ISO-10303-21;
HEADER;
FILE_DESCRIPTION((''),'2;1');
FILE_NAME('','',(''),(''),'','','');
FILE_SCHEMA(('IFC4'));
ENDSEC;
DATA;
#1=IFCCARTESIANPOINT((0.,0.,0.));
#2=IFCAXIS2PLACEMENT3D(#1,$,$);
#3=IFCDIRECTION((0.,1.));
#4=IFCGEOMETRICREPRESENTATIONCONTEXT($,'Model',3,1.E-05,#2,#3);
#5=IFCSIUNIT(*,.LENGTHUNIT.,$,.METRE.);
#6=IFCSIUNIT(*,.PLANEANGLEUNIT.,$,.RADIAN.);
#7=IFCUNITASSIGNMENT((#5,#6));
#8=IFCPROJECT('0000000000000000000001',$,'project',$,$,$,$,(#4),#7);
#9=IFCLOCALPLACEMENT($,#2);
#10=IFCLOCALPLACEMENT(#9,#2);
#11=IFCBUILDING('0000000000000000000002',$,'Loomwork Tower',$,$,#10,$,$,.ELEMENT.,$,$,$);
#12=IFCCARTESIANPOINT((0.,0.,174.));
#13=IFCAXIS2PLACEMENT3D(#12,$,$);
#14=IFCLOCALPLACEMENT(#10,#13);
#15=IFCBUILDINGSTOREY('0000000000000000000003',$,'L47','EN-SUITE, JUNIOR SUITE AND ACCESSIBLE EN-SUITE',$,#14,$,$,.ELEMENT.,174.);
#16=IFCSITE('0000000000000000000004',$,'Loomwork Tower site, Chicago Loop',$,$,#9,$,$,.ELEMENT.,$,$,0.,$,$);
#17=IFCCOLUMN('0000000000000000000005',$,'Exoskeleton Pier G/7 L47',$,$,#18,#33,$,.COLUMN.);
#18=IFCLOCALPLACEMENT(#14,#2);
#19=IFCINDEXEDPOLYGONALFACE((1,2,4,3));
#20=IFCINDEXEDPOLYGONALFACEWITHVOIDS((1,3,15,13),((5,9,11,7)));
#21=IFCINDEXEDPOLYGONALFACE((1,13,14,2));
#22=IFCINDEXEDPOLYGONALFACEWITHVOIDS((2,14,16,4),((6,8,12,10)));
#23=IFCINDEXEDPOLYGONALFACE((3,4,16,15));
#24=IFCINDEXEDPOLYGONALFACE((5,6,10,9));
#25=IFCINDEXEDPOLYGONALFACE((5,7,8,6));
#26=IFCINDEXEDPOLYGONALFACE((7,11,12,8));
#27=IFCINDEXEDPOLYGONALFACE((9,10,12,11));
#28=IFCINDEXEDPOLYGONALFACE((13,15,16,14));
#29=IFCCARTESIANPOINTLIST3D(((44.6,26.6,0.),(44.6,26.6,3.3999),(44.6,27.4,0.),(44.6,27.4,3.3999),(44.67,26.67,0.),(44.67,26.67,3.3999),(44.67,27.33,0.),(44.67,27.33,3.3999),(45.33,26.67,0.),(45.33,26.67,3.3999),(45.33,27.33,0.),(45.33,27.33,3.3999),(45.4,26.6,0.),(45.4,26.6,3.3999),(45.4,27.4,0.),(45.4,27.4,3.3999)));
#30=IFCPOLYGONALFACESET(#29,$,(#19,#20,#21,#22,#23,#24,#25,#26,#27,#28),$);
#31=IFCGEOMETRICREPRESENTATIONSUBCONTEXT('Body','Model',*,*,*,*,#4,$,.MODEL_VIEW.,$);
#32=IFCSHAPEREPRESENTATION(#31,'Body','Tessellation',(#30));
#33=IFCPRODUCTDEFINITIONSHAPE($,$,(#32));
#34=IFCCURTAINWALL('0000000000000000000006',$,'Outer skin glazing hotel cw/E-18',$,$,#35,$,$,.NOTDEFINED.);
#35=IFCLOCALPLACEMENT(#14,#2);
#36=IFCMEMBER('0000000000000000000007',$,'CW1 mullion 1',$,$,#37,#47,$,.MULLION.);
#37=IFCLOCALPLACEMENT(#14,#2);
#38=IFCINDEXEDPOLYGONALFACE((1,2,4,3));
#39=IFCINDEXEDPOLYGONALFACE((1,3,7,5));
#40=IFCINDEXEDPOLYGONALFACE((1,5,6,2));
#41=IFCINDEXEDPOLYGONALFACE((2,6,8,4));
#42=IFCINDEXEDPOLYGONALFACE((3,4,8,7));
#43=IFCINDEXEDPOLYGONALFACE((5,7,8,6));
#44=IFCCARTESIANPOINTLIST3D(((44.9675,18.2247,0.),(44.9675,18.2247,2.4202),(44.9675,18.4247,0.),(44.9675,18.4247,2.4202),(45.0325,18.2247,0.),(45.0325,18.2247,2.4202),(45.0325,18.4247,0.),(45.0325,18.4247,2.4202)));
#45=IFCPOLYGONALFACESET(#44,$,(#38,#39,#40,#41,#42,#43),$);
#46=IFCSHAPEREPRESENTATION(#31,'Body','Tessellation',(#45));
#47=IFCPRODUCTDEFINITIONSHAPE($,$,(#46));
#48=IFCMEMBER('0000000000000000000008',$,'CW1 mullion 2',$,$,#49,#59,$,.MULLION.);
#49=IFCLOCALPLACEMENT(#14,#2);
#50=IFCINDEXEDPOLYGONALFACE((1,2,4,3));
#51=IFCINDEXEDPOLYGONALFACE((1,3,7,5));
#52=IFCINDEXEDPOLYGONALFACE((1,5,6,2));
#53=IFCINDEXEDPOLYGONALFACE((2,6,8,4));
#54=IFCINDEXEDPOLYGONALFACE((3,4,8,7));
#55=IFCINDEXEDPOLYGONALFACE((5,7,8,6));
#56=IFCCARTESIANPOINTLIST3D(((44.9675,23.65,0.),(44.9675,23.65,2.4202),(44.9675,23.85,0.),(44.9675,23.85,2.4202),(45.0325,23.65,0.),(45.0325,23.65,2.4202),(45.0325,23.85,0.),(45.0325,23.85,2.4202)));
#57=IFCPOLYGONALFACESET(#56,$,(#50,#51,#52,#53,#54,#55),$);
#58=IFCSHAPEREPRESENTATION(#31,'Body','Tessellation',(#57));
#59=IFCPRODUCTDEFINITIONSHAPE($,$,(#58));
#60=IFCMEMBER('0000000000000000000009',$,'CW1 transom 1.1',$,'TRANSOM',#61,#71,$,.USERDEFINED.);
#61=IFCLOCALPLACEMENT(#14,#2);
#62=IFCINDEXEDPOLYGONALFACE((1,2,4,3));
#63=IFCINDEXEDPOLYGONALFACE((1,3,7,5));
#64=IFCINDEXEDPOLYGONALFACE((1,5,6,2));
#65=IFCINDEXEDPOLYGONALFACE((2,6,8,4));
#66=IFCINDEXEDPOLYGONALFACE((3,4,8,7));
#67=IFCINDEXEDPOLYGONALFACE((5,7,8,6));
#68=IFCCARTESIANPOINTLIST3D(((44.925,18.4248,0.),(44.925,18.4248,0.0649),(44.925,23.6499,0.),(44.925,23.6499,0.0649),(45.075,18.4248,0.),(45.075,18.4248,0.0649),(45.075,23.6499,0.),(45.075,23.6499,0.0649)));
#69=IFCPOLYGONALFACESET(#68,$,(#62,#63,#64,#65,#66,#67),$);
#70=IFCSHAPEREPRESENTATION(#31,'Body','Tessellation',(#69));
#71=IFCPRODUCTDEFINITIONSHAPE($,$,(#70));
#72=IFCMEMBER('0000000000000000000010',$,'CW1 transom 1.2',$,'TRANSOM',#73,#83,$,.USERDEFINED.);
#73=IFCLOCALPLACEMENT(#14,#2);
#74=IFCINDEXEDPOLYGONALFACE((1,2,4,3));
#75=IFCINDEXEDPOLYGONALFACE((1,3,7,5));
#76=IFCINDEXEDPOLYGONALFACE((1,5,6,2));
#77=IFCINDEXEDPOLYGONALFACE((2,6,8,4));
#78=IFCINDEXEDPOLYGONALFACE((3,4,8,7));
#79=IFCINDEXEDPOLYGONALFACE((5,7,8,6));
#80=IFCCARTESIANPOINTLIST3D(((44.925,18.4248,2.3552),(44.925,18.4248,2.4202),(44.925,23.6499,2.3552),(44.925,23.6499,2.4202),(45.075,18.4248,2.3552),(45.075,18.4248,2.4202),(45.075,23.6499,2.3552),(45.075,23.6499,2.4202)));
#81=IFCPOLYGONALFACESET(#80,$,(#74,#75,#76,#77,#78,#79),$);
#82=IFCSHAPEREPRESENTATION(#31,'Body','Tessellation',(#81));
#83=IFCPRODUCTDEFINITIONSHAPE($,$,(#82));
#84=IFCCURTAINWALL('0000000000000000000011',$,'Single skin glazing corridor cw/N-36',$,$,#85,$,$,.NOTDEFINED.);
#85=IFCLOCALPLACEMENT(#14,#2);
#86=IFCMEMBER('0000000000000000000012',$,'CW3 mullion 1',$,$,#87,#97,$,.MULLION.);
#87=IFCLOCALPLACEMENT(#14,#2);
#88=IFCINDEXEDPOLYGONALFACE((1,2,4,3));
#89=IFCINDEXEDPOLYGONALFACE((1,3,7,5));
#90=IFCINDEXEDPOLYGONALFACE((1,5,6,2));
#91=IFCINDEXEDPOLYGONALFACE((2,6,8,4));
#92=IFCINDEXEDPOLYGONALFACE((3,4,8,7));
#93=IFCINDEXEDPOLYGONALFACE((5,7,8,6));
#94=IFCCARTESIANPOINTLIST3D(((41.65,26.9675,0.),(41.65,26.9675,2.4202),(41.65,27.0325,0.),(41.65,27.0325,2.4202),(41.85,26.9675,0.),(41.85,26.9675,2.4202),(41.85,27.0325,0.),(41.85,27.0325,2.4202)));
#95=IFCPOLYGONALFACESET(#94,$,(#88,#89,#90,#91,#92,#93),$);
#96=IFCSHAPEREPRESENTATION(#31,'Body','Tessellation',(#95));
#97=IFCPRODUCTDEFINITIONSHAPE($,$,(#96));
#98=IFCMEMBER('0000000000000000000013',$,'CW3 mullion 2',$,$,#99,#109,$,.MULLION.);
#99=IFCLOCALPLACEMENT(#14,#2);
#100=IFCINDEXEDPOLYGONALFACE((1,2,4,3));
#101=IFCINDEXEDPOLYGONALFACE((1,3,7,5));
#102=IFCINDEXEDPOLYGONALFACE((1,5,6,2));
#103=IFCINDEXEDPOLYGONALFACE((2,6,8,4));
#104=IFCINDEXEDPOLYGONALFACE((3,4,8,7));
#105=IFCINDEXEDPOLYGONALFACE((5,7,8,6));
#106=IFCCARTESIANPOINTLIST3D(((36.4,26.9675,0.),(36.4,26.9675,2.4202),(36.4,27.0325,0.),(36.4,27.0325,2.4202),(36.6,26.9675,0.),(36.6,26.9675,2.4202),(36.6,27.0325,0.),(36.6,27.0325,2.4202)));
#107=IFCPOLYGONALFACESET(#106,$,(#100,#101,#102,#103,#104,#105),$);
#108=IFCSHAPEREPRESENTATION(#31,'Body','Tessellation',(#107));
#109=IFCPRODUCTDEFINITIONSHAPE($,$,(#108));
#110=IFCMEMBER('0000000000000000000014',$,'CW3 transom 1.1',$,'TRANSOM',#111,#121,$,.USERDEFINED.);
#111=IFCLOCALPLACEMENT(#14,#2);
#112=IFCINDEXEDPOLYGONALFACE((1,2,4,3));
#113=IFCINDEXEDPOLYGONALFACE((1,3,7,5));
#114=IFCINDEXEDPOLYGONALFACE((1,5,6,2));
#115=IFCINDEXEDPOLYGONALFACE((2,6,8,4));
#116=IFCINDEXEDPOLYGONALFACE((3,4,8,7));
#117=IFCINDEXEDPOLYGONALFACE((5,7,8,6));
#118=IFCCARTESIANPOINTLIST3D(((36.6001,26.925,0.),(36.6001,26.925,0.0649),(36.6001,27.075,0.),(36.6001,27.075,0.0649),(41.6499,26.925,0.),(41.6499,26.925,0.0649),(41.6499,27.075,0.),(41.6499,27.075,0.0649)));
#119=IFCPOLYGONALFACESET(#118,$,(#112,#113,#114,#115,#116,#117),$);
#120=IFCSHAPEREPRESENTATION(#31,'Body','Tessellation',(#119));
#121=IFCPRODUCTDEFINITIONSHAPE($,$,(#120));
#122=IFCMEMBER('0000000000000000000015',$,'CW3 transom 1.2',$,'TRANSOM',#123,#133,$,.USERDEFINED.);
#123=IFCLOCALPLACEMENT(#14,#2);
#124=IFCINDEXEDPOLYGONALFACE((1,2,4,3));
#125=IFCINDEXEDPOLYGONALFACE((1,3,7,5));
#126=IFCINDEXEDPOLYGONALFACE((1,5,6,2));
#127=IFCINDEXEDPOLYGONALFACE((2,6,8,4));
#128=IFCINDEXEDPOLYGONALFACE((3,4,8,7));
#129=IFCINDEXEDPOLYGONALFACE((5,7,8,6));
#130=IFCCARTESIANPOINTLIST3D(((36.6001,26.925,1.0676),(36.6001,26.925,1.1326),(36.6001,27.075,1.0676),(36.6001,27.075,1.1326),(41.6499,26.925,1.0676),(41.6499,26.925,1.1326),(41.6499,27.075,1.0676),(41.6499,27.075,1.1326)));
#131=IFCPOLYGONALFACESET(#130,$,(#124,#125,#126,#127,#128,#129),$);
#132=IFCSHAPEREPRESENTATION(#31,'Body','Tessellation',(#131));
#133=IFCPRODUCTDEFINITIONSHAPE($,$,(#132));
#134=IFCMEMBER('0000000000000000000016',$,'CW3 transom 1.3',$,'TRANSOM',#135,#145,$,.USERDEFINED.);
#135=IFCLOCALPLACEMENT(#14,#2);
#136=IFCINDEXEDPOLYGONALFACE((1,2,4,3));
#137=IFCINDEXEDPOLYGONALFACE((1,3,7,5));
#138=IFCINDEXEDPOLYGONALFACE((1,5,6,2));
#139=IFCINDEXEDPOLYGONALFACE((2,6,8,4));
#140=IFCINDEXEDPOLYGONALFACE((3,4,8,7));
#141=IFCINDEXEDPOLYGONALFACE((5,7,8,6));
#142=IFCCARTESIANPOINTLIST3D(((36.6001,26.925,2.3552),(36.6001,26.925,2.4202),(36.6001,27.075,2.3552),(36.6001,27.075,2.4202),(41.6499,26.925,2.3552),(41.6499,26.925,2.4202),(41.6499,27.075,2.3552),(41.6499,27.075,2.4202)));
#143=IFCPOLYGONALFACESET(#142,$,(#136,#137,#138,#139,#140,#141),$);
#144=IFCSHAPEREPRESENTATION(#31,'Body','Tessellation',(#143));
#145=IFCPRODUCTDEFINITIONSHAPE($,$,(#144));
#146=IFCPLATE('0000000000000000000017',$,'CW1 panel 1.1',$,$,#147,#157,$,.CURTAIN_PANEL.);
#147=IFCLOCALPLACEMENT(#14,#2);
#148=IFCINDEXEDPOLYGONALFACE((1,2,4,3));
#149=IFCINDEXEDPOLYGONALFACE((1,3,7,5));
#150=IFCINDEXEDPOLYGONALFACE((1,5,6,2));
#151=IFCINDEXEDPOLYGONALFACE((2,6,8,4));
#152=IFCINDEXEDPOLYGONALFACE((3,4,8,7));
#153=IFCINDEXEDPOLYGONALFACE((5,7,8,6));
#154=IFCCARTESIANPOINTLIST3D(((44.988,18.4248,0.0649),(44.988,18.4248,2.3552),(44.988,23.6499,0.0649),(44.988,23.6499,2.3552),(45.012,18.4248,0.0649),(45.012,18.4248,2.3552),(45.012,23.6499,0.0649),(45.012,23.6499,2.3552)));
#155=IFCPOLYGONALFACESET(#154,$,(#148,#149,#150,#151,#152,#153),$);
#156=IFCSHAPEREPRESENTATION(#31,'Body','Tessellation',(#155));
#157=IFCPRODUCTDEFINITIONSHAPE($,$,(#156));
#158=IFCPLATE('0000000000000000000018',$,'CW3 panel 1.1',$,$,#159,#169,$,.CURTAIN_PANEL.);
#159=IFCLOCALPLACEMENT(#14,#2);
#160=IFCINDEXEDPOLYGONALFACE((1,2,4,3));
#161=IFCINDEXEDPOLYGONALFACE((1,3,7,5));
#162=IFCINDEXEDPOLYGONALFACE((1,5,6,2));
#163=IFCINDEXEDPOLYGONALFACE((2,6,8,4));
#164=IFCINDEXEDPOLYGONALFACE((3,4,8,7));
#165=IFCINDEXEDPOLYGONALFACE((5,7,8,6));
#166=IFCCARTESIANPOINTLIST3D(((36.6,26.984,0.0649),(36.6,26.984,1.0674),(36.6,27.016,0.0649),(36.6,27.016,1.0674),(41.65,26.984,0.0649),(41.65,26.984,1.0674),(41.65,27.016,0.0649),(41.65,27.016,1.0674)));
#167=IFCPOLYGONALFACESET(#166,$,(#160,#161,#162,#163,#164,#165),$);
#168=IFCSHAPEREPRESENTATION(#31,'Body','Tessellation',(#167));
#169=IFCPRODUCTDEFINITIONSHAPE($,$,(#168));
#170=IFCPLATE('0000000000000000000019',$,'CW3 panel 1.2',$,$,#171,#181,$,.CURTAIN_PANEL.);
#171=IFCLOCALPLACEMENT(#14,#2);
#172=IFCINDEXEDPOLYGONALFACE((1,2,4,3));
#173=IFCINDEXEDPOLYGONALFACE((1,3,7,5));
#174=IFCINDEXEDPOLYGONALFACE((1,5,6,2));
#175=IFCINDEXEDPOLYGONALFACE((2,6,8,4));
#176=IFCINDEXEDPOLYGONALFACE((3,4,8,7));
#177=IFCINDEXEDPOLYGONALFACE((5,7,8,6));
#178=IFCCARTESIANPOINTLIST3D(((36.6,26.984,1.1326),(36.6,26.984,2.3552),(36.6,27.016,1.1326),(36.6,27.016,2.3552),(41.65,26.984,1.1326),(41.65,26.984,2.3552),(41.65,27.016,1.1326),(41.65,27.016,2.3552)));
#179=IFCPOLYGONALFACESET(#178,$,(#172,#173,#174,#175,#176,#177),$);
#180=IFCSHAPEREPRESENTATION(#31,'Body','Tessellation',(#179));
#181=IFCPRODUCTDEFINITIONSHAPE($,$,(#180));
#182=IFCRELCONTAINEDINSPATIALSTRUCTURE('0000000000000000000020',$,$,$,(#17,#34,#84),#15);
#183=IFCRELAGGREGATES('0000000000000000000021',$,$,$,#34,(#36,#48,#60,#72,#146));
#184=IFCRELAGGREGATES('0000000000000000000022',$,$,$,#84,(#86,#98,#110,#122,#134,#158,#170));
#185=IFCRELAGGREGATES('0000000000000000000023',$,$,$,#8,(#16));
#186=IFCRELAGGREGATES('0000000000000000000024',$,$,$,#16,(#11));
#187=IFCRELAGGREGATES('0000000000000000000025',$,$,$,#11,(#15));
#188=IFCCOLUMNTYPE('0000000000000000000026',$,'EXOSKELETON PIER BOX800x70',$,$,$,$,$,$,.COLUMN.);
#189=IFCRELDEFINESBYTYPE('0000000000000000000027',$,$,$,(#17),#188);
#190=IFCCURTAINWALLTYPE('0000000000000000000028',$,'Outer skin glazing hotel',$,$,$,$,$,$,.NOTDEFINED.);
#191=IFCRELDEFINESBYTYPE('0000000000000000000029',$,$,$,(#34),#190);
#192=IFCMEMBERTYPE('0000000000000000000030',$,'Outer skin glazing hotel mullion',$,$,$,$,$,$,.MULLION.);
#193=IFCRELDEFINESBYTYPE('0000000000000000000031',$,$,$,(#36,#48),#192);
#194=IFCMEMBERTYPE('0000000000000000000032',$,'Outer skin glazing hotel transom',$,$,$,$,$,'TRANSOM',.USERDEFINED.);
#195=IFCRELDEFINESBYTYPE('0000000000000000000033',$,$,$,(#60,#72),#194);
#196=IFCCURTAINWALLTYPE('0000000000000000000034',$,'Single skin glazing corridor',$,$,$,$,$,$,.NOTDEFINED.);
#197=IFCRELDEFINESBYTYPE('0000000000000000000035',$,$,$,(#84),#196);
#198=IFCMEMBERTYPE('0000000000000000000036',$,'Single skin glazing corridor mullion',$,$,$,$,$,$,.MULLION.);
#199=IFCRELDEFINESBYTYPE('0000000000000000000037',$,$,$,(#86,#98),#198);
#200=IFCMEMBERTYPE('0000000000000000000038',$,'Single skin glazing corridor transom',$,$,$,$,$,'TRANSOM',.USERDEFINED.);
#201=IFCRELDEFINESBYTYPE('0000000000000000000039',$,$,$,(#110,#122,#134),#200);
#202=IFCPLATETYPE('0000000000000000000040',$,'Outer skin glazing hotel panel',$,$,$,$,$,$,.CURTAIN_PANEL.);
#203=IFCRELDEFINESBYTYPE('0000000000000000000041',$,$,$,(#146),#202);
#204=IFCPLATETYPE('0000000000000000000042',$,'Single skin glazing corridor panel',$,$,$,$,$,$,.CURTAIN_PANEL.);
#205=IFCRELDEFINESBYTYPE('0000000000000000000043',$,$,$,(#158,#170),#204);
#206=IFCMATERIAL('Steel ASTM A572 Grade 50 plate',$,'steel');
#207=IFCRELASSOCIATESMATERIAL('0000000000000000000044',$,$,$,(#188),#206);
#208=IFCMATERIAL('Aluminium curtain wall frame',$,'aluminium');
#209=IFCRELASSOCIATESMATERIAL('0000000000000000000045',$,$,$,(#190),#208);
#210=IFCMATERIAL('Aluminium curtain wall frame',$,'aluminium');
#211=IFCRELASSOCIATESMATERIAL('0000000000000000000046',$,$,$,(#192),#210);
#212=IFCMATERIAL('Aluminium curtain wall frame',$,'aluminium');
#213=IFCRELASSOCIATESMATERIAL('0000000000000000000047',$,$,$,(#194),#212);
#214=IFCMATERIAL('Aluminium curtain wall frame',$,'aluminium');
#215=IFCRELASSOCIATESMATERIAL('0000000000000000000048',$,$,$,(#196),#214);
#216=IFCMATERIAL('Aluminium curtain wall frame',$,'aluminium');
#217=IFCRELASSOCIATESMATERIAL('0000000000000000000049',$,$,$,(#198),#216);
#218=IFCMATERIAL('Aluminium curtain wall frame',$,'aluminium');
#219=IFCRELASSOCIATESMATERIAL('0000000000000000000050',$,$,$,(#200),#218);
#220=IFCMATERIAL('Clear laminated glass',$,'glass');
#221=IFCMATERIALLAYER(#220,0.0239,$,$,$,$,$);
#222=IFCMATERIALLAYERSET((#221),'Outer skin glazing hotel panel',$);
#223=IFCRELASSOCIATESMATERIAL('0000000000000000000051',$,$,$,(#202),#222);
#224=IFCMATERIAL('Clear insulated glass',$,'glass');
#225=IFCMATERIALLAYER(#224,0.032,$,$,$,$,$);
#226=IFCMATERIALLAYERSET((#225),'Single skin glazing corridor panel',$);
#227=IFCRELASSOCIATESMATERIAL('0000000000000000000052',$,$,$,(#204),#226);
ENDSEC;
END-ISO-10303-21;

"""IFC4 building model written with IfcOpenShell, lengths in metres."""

from ifc_helpers import new_model, si_unit, direction, frame, origin, origin_2d, place, context, subcontext, project, spatial, rectangle, hollow_rectangle, extrude, material, layer, layer_set, material_profile, profile_set, type_object, element, aggregate, save


model = new_model("IFC4")

# Units and contexts
model_context = context("Model", 3, precision=1e-05, world=origin(), true_north=direction((0.0, 1.0)))
body_context = subcontext(model_context, "Body", "Model", "MODEL_VIEW")
ifc_project = project(units=[si_unit("LENGTHUNIT", "METRE"), si_unit("PLANEANGLEUNIT", "RADIAN")], contexts=[model_context])

# Site, building, storey
site_placement = place(None, origin())
site = spatial("IfcSite", under=ifc_project, at=site_placement, Name="Loomwork Tower site, Chicago Loop", CompositionType="ELEMENT", RefElevation=0.0)
building_placement = place(site_placement, origin())
building = spatial("IfcBuilding", under=site, at=building_placement, Name="Loomwork Tower", CompositionType="ELEMENT")
storey_placement = place(building_placement, frame((0.0, 0.0, 174.0)))
storey = spatial("IfcBuildingStorey", under=building, at=storey_placement, Name="L47", Description="EN-SUITE, JUNIOR SUITE AND ACCESSIBLE EN-SUITE", CompositionType="ELEMENT", Elevation=174.0)

# Column
ifc_material_1 = material(Name="Steel ASTM A572 Grade 50 plate", Category="steel")
ifc_material_profile_1 = material_profile(ifc_material_1, hollow_rectangle(XDim=0.8, YDim=0.8, WallThickness=0.0701, at=origin_2d()), Name="BOX800x70")
ifc_profile_set_1 = profile_set([ifc_material_profile_1], Name="Steel ASTM A572 Grade 50 plate")
column_type = type_object("IfcColumnType", Name="EXOSKELETON PIER BOX800x70", PredefinedType="COLUMN", material=ifc_profile_set_1)
column_placement = place(storey_placement, frame((45.0, 27.0, 0.0), z_axis=(0.0, 0.0, 1.0), x_axis=(0.0, 1.0, 0.0)))
element("IfcColumn", 1, at=column_placement, inside=storey, type_object=column_type, Name="Exoskeleton Pier G/7 L47", PredefinedType="COLUMN", context=body_context, shape_type="SweptSolid", body=[
    extrude(hollow_rectangle(XDim=0.8, YDim=0.8, WallThickness=0.0701, at=origin_2d()), origin(), (0.0, 0.0, 1.0), 3.3999),
])

# Curtain walls, members
ifc_material_2 = material(Name="Aluminium curtain wall frame", Category="aluminium")
curtain_wall_type_1 = type_object("IfcCurtainWallType", Name="Outer skin glazing hotel", PredefinedType="NOTDEFINED", material=ifc_material_2)
curtain_wall_1_placement = place(storey_placement, origin())
curtain_wall_1 = element("IfcCurtainWall", 2, at=curtain_wall_1_placement, inside=storey, type_object=curtain_wall_type_1, Name="Outer skin glazing hotel cw/E-18", PredefinedType="NOTDEFINED")
ifc_material_3 = material(Name="Aluminium curtain wall frame", Category="aluminium")
ifc_material_profile_2 = material_profile(ifc_material_3, rectangle(XDim=0.0649, YDim=0.2, at=origin_2d()), Name="AL 65x200")
ifc_profile_set_2 = profile_set([ifc_material_profile_2], Name="Aluminium curtain wall frame")
member_type_1 = type_object("IfcMemberType", Name="Outer skin glazing hotel mullion", PredefinedType="MULLION", material=ifc_profile_set_2)
member_1_placement = place(storey_placement, frame((45.0, 18.3247, 0.0), z_axis=(0.0, 0.0, 1.0), x_axis=(-1.0, 0.0, 0.0)))
member_1 = element("IfcMember", 3, at=member_1_placement, type_object=member_type_1, Name="CW1 mullion 1", PredefinedType="MULLION", context=body_context, shape_type="SweptSolid", body=[
    extrude(rectangle(XDim=0.0649, YDim=0.2, at=origin_2d()), origin(), (0.0, 0.0, 1.0), 2.4202),
])
member_2_placement = place(storey_placement, frame((45.0, 23.75, 0.0), z_axis=(0.0, 0.0, 1.0), x_axis=(-1.0, 0.0, 0.0)))
member_2 = element("IfcMember", 4, at=member_2_placement, type_object=member_type_1, Name="CW1 mullion 2", PredefinedType="MULLION", context=body_context, shape_type="SweptSolid", body=[
    extrude(rectangle(XDim=0.0649, YDim=0.2, at=origin_2d()), origin(), (0.0, 0.0, 1.0), 2.4202),
])
ifc_material_4 = material(Name="Aluminium curtain wall frame", Category="aluminium")
ifc_material_profile_3 = material_profile(ifc_material_4, rectangle(XDim=0.1499, YDim=0.0649, at=origin_2d()), Name="AL 65x150")
ifc_profile_set_3 = profile_set([ifc_material_profile_3], Name="Aluminium curtain wall frame")
member_type_2 = type_object("IfcMemberType", Name="Outer skin glazing hotel transom", ElementType="TRANSOM", PredefinedType="USERDEFINED", material=ifc_profile_set_3)
member_3_placement = place(storey_placement, frame((45.0, 18.4248, 0.0325), z_axis=(0.0, 1.0, 0.0), x_axis=(-1.0, 0.0, 0.0)))
member_3 = element("IfcMember", 5, at=member_3_placement, type_object=member_type_2, Name="CW1 transom 1.1", ObjectType="TRANSOM", PredefinedType="USERDEFINED", context=body_context, shape_type="SweptSolid", body=[
    extrude(rectangle(XDim=0.1499, YDim=0.0649, at=origin_2d()), origin(), (0.0, 0.0, 1.0), 5.2251),
])
member_4_placement = place(storey_placement, frame((45.0, 18.4248, 2.3877), z_axis=(0.0, 1.0, 0.0), x_axis=(-1.0, 0.0, 0.0)))
member_4 = element("IfcMember", 6, at=member_4_placement, type_object=member_type_2, Name="CW1 transom 1.2", ObjectType="TRANSOM", PredefinedType="USERDEFINED", context=body_context, shape_type="SweptSolid", body=[
    extrude(rectangle(XDim=0.1499, YDim=0.0649, at=origin_2d()), origin(), (0.0, 0.0, 1.0), 5.2251),
])
ifc_material_5 = material(Name="Aluminium curtain wall frame", Category="aluminium")
curtain_wall_type_2 = type_object("IfcCurtainWallType", Name="Single skin glazing corridor", PredefinedType="NOTDEFINED", material=ifc_material_5)
curtain_wall_2_placement = place(storey_placement, origin())
curtain_wall_2 = element("IfcCurtainWall", 7, at=curtain_wall_2_placement, inside=storey, type_object=curtain_wall_type_2, Name="Single skin glazing corridor cw/N-36", PredefinedType="NOTDEFINED")
ifc_material_6 = material(Name="Aluminium curtain wall frame", Category="aluminium")
ifc_material_profile_4 = material_profile(ifc_material_6, rectangle(XDim=0.0649, YDim=0.2, at=origin_2d()), Name="AL 65x200")
ifc_profile_set_4 = profile_set([ifc_material_profile_4], Name="Aluminium curtain wall frame")
member_type_3 = type_object("IfcMemberType", Name="Single skin glazing corridor mullion", PredefinedType="MULLION", material=ifc_profile_set_4)
member_5_placement = place(storey_placement, frame((41.75, 27.0, 0.0), z_axis=(0.0, 0.0, 1.0), x_axis=(0.0, -1.0, 0.0)))
member_5 = element("IfcMember", 8, at=member_5_placement, type_object=member_type_3, Name="CW3 mullion 1", PredefinedType="MULLION", context=body_context, shape_type="SweptSolid", body=[
    extrude(rectangle(XDim=0.0649, YDim=0.2, at=origin_2d()), origin(), (0.0, 0.0, 1.0), 2.4202),
])
member_6_placement = place(storey_placement, frame((36.5, 27.0, 0.0), z_axis=(0.0, 0.0, 1.0), x_axis=(0.0, -1.0, 0.0)))
member_6 = element("IfcMember", 9, at=member_6_placement, type_object=member_type_3, Name="CW3 mullion 2", PredefinedType="MULLION", context=body_context, shape_type="SweptSolid", body=[
    extrude(rectangle(XDim=0.0649, YDim=0.2, at=origin_2d()), origin(), (0.0, 0.0, 1.0), 2.4202),
])
ifc_material_7 = material(Name="Aluminium curtain wall frame", Category="aluminium")
ifc_material_profile_5 = material_profile(ifc_material_7, rectangle(XDim=0.1499, YDim=0.0649, at=origin_2d()), Name="AL 65x150")
ifc_profile_set_5 = profile_set([ifc_material_profile_5], Name="Aluminium curtain wall frame")
member_type_4 = type_object("IfcMemberType", Name="Single skin glazing corridor transom", ElementType="TRANSOM", PredefinedType="USERDEFINED", material=ifc_profile_set_5)
member_7_placement = place(storey_placement, frame((41.6499, 27.0, 0.0325), z_axis=(-1.0, 0.0, 0.0), x_axis=(0.0, -1.0, 0.0)))
member_7 = element("IfcMember", 10, at=member_7_placement, type_object=member_type_4, Name="CW3 transom 1.1", ObjectType="TRANSOM", PredefinedType="USERDEFINED", context=body_context, shape_type="SweptSolid", body=[
    extrude(rectangle(XDim=0.1499, YDim=0.0649, at=origin_2d()), origin(), (0.0, 0.0, 1.0), 5.0498),
])
member_8_placement = place(storey_placement, frame((41.6499, 27.0, 1.1001), z_axis=(-1.0, 0.0, 0.0), x_axis=(0.0, -1.0, 0.0)))
member_8 = element("IfcMember", 11, at=member_8_placement, type_object=member_type_4, Name="CW3 transom 1.2", ObjectType="TRANSOM", PredefinedType="USERDEFINED", context=body_context, shape_type="SweptSolid", body=[
    extrude(rectangle(XDim=0.1499, YDim=0.0649, at=origin_2d()), origin(), (0.0, 0.0, 1.0), 5.0498),
])
member_9_placement = place(storey_placement, frame((41.6499, 27.0, 2.3877), z_axis=(-1.0, 0.0, 0.0), x_axis=(0.0, -1.0, 0.0)))
member_9 = element("IfcMember", 12, at=member_9_placement, type_object=member_type_4, Name="CW3 transom 1.3", ObjectType="TRANSOM", PredefinedType="USERDEFINED", context=body_context, shape_type="SweptSolid", body=[
    extrude(rectangle(XDim=0.1499, YDim=0.0649, at=origin_2d()), origin(), (0.0, 0.0, 1.0), 5.0498),
])

# Plates
ifc_material_8 = material(Name="Clear laminated glass", Category="glass")
ifc_layer_1 = layer(ifc_material_8, 0.0239)
ifc_layer_set_1 = layer_set([ifc_layer_1], Name="Outer skin glazing hotel panel")
plate_type_1 = type_object("IfcPlateType", Name="Outer skin glazing hotel panel", PredefinedType="CURTAIN_PANEL", material=ifc_layer_set_1)
plate_1_placement = place(storey_placement, frame((45.0, 21.0374, 0.0649), z_axis=(0.0, 0.0, 1.0), x_axis=(0.0, 1.0, 0.0)))
plate_1 = element("IfcPlate", 13, at=plate_1_placement, type_object=plate_type_1, Name="CW1 panel 1.1", PredefinedType="CURTAIN_PANEL", context=body_context, shape_type="SweptSolid", body=[
    extrude(rectangle(XDim=5.2251, YDim=0.0239, at=origin_2d()), origin(), (0.0, 0.0, 1.0), 2.2903),
])
aggregate(curtain_wall_1, [member_1, member_2, member_3, member_4, plate_1])
ifc_material_9 = material(Name="Clear insulated glass", Category="glass")
ifc_layer_2 = layer(ifc_material_9, 0.032)
ifc_layer_set_2 = layer_set([ifc_layer_2], Name="Single skin glazing corridor panel")
plate_type_2 = type_object("IfcPlateType", Name="Single skin glazing corridor panel", PredefinedType="CURTAIN_PANEL", material=ifc_layer_set_2)
plate_2_placement = place(storey_placement, frame((39.125, 27.0, 0.0649), z_axis=(0.0, 0.0, 1.0), x_axis=(-1.0, 0.0, 0.0)))
plate_2 = element("IfcPlate", 14, at=plate_2_placement, type_object=plate_type_2, Name="CW3 panel 1.1", PredefinedType="CURTAIN_PANEL", context=body_context, shape_type="SweptSolid", body=[
    extrude(rectangle(XDim=5.05, YDim=0.032, at=origin_2d()), origin(), (0.0, 0.0, 1.0), 1.0024),
])
plate_3_placement = place(storey_placement, frame((39.125, 27.0, 1.1326), z_axis=(0.0, 0.0, 1.0), x_axis=(-1.0, 0.0, 0.0)))
plate_3 = element("IfcPlate", 15, at=plate_3_placement, type_object=plate_type_2, Name="CW3 panel 1.2", PredefinedType="CURTAIN_PANEL", context=body_context, shape_type="SweptSolid", body=[
    extrude(rectangle(XDim=5.05, YDim=0.032, at=origin_2d()), origin(), (0.0, 0.0, 1.0), 1.2227),
])
aggregate(curtain_wall_2, [member_5, member_6, member_7, member_8, member_9, plate_2, plate_3])

save(model, "model.ifc")
